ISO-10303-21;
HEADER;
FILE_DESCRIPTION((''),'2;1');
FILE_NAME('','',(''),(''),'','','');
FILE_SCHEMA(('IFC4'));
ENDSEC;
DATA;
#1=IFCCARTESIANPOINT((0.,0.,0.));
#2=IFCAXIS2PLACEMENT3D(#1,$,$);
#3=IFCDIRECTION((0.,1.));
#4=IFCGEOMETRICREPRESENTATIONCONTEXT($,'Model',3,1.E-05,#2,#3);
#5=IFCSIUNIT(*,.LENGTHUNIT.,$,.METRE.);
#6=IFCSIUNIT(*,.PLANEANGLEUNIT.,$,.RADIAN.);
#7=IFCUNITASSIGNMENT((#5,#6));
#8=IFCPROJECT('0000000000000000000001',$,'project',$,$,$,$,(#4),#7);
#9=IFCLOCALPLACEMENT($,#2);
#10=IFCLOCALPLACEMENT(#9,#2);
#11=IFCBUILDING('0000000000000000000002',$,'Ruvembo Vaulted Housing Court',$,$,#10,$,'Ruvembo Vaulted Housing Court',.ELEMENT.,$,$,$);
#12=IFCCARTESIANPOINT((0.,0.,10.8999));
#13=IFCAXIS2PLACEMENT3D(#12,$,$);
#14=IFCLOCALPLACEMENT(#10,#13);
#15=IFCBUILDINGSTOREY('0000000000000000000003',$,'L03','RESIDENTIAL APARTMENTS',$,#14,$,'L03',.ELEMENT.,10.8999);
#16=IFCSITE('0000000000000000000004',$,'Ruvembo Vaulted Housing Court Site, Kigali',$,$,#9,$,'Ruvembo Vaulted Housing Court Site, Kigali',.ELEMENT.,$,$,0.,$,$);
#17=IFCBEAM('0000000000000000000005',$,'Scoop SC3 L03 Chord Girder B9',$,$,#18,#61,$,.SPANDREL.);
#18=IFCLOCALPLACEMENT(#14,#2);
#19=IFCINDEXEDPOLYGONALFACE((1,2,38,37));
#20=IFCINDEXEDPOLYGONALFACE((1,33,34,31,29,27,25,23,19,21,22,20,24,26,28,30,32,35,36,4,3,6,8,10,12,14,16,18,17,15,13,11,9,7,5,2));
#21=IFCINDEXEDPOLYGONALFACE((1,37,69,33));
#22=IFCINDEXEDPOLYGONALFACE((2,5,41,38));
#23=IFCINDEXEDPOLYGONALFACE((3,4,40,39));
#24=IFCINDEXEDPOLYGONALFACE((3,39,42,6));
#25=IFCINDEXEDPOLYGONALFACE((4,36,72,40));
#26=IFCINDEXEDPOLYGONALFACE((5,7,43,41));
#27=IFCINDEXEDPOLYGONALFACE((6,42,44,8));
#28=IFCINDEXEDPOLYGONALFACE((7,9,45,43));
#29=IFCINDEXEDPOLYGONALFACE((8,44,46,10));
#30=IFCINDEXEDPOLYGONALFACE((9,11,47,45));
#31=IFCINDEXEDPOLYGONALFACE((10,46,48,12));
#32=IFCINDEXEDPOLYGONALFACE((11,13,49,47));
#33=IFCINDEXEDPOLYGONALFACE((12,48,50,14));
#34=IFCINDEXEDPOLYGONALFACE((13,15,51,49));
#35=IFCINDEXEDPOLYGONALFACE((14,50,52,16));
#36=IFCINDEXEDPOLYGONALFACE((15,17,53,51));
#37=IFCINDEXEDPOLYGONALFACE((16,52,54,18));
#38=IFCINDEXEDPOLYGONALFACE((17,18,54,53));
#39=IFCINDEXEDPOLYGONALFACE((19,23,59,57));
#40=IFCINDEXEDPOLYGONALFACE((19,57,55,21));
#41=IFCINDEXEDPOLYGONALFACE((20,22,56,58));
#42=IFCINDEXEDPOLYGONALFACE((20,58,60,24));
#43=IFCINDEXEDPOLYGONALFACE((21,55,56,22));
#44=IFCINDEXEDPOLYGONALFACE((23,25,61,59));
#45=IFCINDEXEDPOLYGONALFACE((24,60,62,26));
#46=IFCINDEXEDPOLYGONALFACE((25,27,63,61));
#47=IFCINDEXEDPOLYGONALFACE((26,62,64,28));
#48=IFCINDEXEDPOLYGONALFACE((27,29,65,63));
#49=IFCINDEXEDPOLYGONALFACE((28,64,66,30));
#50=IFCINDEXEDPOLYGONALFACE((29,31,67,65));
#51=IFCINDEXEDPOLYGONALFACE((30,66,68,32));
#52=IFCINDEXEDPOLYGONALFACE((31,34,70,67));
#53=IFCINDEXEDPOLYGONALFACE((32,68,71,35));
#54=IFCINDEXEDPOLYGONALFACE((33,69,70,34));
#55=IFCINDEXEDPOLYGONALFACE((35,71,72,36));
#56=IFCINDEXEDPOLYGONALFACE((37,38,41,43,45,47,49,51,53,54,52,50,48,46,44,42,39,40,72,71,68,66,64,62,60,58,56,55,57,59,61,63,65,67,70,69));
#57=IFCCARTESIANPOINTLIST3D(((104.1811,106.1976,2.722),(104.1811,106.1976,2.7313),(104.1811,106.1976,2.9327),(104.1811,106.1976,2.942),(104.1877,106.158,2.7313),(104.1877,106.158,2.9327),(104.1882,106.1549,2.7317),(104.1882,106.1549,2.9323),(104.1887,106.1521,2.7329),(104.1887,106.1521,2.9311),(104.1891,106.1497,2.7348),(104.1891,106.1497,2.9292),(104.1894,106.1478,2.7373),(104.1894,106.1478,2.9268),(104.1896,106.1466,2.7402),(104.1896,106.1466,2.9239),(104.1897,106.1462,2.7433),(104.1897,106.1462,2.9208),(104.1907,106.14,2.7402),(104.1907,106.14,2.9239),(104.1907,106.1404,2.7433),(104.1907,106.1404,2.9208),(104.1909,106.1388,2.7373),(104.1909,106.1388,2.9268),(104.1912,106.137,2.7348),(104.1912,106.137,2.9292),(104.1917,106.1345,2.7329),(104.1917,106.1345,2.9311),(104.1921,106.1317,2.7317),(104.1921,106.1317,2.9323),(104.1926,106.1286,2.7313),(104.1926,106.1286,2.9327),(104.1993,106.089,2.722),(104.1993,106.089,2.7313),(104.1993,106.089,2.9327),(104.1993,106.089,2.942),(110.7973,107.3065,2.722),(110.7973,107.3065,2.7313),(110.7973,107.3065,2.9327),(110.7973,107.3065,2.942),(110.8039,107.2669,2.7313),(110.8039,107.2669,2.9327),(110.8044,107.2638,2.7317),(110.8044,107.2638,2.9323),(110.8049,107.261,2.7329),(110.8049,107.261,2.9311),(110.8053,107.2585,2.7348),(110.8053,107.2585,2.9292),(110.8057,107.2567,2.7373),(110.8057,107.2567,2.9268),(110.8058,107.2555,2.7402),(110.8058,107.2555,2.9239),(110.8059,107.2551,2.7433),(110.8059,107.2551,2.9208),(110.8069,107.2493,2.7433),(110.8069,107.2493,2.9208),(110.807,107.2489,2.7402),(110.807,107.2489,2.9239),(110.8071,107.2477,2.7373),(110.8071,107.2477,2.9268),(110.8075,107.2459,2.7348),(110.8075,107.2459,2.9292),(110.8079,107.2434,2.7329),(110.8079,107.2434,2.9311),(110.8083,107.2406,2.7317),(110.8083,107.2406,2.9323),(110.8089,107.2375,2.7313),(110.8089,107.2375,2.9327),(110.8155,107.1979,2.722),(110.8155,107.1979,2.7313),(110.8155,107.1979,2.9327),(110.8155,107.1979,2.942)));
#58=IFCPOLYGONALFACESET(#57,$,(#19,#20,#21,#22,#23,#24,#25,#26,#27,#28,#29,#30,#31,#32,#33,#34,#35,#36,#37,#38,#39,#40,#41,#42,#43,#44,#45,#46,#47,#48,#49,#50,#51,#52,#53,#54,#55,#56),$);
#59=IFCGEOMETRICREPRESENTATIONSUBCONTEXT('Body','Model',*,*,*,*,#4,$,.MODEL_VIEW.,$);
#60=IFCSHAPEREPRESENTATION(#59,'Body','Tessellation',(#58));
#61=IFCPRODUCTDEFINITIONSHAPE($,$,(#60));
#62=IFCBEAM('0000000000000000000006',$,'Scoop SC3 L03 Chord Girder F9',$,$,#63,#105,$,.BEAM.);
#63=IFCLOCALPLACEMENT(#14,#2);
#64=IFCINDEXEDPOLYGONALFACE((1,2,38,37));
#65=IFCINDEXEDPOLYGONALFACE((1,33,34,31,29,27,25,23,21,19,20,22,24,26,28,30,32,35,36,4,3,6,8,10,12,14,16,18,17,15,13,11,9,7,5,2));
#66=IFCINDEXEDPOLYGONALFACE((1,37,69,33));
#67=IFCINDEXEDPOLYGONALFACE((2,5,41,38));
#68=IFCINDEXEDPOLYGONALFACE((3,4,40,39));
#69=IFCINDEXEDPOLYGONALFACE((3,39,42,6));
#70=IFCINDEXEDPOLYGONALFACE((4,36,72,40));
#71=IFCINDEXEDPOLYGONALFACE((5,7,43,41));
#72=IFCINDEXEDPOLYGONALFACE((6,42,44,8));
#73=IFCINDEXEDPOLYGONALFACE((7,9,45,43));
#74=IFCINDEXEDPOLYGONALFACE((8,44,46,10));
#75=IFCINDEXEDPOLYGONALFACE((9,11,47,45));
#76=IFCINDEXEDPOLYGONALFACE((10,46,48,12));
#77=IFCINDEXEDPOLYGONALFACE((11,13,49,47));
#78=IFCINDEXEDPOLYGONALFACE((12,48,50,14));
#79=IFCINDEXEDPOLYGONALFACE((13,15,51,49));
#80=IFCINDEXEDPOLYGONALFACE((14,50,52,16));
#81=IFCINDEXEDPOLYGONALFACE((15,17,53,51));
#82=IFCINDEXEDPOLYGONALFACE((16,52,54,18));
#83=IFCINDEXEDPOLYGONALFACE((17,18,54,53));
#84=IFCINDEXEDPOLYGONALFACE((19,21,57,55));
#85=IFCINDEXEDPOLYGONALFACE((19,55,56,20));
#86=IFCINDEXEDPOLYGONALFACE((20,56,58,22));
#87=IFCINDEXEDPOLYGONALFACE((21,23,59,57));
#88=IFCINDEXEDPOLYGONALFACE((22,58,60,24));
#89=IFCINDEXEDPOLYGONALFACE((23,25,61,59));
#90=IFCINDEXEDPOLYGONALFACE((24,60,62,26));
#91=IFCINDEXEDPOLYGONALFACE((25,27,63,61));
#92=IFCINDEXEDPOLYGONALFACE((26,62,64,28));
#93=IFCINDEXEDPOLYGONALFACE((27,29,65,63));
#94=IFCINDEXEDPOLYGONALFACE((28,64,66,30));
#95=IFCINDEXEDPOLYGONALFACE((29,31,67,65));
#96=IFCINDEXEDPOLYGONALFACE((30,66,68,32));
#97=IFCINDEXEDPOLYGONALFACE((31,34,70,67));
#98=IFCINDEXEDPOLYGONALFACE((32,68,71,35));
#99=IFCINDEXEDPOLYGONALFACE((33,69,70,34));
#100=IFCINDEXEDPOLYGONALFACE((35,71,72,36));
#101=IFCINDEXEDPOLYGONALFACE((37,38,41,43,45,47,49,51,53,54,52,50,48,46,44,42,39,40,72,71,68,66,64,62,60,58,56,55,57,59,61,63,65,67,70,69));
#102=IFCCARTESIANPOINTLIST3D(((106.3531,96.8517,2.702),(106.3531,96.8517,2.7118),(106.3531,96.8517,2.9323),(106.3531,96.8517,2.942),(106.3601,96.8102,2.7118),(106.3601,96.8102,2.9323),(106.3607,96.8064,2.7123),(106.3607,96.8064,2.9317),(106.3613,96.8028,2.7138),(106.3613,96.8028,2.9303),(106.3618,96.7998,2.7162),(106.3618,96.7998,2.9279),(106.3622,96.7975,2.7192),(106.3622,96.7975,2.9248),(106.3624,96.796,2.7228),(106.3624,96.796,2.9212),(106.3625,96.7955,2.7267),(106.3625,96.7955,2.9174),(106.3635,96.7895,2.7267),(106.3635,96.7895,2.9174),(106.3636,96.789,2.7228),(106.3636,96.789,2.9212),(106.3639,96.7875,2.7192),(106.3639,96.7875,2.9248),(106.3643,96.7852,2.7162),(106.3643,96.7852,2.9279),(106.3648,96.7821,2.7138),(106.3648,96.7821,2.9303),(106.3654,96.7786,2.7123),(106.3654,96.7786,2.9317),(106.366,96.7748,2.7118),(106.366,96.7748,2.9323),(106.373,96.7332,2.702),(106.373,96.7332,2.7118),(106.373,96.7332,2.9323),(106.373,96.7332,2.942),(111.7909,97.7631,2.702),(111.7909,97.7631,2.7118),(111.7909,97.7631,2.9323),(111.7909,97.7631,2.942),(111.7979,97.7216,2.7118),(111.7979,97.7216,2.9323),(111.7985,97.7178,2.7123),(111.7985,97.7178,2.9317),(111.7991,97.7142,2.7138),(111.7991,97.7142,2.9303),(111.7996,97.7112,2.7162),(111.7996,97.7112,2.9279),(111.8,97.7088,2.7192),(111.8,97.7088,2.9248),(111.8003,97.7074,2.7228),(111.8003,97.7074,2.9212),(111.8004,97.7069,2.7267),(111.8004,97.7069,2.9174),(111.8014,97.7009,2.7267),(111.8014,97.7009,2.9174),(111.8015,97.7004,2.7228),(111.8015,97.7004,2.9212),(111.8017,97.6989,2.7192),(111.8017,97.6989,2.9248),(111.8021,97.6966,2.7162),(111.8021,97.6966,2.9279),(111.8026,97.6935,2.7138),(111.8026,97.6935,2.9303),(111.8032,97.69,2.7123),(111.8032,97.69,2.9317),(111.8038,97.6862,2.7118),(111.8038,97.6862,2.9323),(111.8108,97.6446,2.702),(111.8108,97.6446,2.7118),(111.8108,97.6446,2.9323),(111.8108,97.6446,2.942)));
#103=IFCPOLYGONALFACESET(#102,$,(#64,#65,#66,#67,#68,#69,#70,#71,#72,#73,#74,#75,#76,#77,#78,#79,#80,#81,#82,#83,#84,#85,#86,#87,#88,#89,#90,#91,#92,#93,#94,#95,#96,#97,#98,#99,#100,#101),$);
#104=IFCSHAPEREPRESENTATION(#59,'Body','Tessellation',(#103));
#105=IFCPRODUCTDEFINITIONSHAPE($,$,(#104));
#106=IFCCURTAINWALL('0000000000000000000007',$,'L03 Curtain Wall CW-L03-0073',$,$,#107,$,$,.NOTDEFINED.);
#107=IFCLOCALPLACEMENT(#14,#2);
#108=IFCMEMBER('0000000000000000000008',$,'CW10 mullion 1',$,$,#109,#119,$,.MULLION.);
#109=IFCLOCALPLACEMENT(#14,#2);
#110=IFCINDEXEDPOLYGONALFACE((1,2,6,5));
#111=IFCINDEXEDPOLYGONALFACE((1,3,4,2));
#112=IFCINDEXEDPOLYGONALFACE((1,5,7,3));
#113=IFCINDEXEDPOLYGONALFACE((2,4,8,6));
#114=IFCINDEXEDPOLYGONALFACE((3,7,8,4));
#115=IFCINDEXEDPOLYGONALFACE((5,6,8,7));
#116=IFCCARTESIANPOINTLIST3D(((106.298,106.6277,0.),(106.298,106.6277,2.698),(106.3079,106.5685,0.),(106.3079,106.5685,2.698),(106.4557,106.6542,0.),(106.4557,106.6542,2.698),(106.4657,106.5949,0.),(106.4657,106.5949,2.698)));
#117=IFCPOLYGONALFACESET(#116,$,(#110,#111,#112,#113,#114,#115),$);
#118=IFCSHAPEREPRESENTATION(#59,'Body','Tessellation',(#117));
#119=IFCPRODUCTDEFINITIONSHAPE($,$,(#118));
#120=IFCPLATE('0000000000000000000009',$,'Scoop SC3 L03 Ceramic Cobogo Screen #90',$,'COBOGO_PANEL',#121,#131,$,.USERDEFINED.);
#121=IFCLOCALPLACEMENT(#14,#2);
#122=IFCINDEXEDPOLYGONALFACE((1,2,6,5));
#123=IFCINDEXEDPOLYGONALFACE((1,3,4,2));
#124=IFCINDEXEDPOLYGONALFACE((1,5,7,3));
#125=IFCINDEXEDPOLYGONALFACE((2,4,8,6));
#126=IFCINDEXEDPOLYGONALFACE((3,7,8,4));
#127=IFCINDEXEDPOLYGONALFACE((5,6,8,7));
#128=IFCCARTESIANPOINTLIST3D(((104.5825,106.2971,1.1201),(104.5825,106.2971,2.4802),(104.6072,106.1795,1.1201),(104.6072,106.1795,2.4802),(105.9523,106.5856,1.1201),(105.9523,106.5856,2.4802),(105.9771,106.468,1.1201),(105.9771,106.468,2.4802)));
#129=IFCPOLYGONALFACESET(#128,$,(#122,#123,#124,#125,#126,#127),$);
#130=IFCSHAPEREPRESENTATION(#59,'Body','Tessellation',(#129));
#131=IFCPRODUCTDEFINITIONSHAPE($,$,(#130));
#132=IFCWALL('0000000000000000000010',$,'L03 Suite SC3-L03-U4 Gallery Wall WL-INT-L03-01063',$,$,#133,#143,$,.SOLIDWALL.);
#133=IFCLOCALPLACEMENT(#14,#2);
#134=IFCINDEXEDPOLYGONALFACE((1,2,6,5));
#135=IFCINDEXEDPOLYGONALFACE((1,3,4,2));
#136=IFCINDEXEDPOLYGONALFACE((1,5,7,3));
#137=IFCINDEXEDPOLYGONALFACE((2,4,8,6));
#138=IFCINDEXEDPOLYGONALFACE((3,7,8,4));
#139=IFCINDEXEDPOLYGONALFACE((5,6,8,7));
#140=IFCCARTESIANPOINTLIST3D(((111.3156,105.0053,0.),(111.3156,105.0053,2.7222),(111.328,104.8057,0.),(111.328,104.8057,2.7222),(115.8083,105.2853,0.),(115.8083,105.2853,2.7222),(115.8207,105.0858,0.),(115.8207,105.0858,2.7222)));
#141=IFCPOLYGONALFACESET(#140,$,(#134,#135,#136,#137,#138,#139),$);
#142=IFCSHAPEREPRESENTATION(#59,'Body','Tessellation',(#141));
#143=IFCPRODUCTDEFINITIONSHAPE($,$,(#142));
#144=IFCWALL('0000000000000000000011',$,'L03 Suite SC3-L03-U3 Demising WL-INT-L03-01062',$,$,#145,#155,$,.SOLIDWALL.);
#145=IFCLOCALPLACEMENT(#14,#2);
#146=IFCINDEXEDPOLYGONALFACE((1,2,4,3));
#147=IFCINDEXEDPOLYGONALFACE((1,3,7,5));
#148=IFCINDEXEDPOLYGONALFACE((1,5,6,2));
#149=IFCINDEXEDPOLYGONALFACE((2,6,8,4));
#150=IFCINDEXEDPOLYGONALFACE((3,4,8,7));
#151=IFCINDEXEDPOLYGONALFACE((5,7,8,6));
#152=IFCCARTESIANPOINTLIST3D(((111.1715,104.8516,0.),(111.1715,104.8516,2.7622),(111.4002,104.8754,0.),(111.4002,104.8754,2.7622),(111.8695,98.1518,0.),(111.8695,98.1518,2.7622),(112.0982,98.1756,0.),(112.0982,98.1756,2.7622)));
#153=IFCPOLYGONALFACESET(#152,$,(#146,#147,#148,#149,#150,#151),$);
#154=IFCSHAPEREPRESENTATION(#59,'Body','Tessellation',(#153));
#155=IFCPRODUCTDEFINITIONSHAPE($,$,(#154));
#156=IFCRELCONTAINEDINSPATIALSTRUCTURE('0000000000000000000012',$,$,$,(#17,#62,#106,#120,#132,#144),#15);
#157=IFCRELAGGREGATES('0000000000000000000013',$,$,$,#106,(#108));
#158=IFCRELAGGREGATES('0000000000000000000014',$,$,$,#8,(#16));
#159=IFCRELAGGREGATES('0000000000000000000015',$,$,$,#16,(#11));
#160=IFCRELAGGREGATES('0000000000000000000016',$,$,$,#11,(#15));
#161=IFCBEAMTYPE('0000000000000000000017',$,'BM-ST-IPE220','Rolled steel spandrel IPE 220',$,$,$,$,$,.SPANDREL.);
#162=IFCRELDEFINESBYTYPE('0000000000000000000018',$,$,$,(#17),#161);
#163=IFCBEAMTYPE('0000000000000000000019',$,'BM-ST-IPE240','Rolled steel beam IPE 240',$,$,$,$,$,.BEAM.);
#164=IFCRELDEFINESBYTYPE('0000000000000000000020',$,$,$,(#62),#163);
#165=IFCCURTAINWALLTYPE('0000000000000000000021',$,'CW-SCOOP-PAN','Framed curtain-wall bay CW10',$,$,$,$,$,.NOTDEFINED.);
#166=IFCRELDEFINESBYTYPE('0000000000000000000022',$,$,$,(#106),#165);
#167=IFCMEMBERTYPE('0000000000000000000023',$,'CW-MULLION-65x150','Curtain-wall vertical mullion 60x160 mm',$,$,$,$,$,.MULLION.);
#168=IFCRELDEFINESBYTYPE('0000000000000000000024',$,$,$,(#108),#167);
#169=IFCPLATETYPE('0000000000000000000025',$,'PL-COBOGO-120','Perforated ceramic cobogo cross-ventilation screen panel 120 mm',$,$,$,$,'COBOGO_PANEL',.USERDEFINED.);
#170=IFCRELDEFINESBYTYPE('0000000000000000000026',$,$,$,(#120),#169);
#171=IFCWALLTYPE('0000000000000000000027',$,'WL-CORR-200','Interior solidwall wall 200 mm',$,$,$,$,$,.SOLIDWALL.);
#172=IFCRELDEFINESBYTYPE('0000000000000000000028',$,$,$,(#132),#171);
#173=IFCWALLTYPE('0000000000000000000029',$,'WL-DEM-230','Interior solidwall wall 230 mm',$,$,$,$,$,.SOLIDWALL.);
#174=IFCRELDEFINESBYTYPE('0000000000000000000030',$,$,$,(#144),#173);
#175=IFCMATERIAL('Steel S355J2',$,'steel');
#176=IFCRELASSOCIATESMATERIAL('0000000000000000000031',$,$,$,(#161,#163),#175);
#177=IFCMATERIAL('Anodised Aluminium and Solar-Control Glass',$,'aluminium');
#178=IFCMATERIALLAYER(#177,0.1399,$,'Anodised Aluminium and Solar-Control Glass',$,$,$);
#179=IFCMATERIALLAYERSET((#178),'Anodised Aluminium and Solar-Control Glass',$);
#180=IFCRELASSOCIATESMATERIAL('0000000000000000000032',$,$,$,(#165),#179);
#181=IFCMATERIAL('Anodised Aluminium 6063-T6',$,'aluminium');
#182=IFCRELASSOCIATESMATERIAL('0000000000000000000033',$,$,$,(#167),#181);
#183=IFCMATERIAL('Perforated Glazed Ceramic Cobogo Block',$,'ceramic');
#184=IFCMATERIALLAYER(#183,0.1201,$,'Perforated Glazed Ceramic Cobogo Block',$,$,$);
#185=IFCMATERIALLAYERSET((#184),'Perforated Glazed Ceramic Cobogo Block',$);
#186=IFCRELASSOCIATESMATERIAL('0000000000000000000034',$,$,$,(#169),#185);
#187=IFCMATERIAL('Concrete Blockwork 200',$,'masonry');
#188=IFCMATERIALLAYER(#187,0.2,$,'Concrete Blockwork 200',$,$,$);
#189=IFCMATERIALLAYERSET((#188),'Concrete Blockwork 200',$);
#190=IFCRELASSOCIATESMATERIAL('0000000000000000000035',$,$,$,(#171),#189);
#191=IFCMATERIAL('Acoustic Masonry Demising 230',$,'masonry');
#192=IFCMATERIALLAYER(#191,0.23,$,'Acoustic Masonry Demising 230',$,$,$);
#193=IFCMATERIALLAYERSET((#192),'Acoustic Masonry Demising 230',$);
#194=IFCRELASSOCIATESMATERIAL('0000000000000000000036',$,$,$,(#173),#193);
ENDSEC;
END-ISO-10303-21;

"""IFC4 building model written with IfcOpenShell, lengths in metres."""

from ifc_helpers import new_model, si_unit, direction, frame, frame_2d, origin, origin_2d, place, context, subcontext, project, spatial, rectangle, i_section, extrude, material, layer, layer_set, material_profile, profile_set, type_object, element, aggregate, save


model = new_model("IFC4")

# Units and contexts
model_context = context("Model", 3, precision=1e-05, world=origin(), true_north=direction((0.0, 1.0)))
body_context = subcontext(model_context, "Body", "Model", "MODEL_VIEW")
ifc_project = project(units=[si_unit("LENGTHUNIT", "METRE"), si_unit("PLANEANGLEUNIT", "RADIAN")], contexts=[model_context])

# Site, building, storey
site_placement = place(None, origin())
site = spatial("IfcSite", under=ifc_project, at=site_placement, Name="Ruvembo Vaulted Housing Court Site, Kigali", LongName="Ruvembo Vaulted Housing Court Site, Kigali", CompositionType="ELEMENT", RefElevation=0.0)
building_placement = place(site_placement, origin())
building = spatial("IfcBuilding", under=site, at=building_placement, Name="Ruvembo Vaulted Housing Court", LongName="Ruvembo Vaulted Housing Court", CompositionType="ELEMENT")
storey_placement = place(building_placement, frame((0.0, 0.0, 10.8999)))
storey = spatial("IfcBuildingStorey", under=building, at=storey_placement, Name="L03", Description="RESIDENTIAL APARTMENTS", LongName="L03", CompositionType="ELEMENT", Elevation=10.8999)

# Beams
ifc_material_1 = material(Name="Steel S355J2", Category="steel")
ifc_material_profile_1 = material_profile(ifc_material_1, i_section(OverallWidth=0.1101, OverallDepth=0.22, WebThickness=0.0059, FlangeThickness=0.0093, FilletRadius=0.012, at=origin_2d()), Name="IPE 220")
ifc_profile_set_1 = profile_set([ifc_material_profile_1], Name="Steel S355J2")
beam_type_1 = type_object("IfcBeamType", Name="BM-ST-IPE220", Description="Rolled steel spandrel IPE 220", PredefinedType="SPANDREL", material=ifc_profile_set_1)
beam_1_placement = place(storey_placement, frame((104.1902, 106.1433, 2.832), z_axis=(0.986244, 0.165296, 0.0), x_axis=(-0.165296, 0.986244, 0.0)))
element("IfcBeam", 1, at=beam_1_placement, inside=storey, type_object=beam_type_1, Name="Scoop SC3 L03 Chord Girder B9", PredefinedType="SPANDREL", context=body_context, shape_type="SweptSolid", body=[
    extrude(i_section(OverallWidth=0.1101, OverallDepth=0.22, WebThickness=0.0059, FlangeThickness=0.0093, FilletRadius=0.012, at=origin_2d()), origin(), (0.0, 0.0, 1.0), 6.7085),
])
ifc_material_profile_2 = material_profile(ifc_material_1, i_section(OverallWidth=0.1201, OverallDepth=0.24, WebThickness=0.0061, FlangeThickness=0.0098, FilletRadius=0.0149, at=origin_2d()), Name="IPE 240")
ifc_profile_set_2 = profile_set([ifc_material_profile_2], Name="Steel S355J2")
beam_type_2 = type_object("IfcBeamType", Name="BM-ST-IPE240", Description="Rolled steel beam IPE 240", PredefinedType="BEAM", material=ifc_profile_set_2)
beam_2_placement = place(storey_placement, frame((106.363, 96.7925, 2.822), z_axis=(0.986244, 0.165296, 0.0), x_axis=(-0.165296, 0.986244, 0.0)))
element("IfcBeam", 2, at=beam_2_placement, inside=storey, type_object=beam_type_2, Name="Scoop SC3 L03 Chord Girder F9", PredefinedType="BEAM", context=body_context, shape_type="SweptSolid", body=[
    extrude(i_section(OverallWidth=0.1201, OverallDepth=0.24, WebThickness=0.0061, FlangeThickness=0.0098, FilletRadius=0.0149, at=origin_2d()), origin(), (0.0, 0.0, 1.0), 5.5137),
])

# Curtain wall, member
ifc_material_2 = material(Name="Anodised Aluminium and Solar-Control Glass", Category="aluminium")
ifc_layer_1 = layer(ifc_material_2, 0.1399, Name="Anodised Aluminium and Solar-Control Glass")
ifc_layer_set_1 = layer_set([ifc_layer_1], Name="Anodised Aluminium and Solar-Control Glass")
curtain_wall_type = type_object("IfcCurtainWallType", Name="CW-SCOOP-PAN", Description="Framed curtain-wall bay CW10", PredefinedType="NOTDEFINED", material=ifc_layer_set_1)
curtain_wall_placement = place(storey_placement, origin())
curtain_wall = element("IfcCurtainWall", 3, at=curtain_wall_placement, inside=storey, type_object=curtain_wall_type, Name="L03 Curtain Wall CW-L03-0073", PredefinedType="NOTDEFINED")
ifc_material_3 = material(Name="Anodised Aluminium 6063-T6", Category="aluminium")
ifc_material_profile_3 = material_profile(ifc_material_3, rectangle(XDim=0.0601, YDim=0.1599, at=origin_2d()), Name="ALU 60x160")
ifc_profile_set_3 = profile_set([ifc_material_profile_3], Name="Anodised Aluminium 6063-T6")
member_type = type_object("IfcMemberType", Name="CW-MULLION-65x150", Description="Curtain-wall vertical mullion 60x160 mm", PredefinedType="MULLION", material=ifc_profile_set_3)
member_placement = place(storey_placement, frame((106.3818, 106.6113, 0.0), z_axis=(0.0, 0.0, 1.0), x_axis=(-0.165263, 0.98625, 0.0)))
member = element("IfcMember", 4, at=member_placement, type_object=member_type, Name="CW10 mullion 1", PredefinedType="MULLION", context=body_context, shape_type="SweptSolid", body=[
    extrude(rectangle(XDim=0.0601, YDim=0.1599, at=origin_2d()), origin(), (0.0, 0.0, 1.0), 2.698),
])
aggregate(curtain_wall, [member])

# Plate
ifc_material_4 = material(Name="Perforated Glazed Ceramic Cobogo Block", Category="ceramic")
ifc_layer_2 = layer(ifc_material_4, 0.1201, Name="Perforated Glazed Ceramic Cobogo Block")
ifc_layer_set_2 = layer_set([ifc_layer_2], Name="Perforated Glazed Ceramic Cobogo Block")
plate_type = type_object("IfcPlateType", Name="PL-COBOGO-120", Description="Perforated ceramic cobogo cross-ventilation screen panel 120 mm", ElementType="COBOGO_PANEL", PredefinedType="USERDEFINED", material=ifc_layer_set_2)
plate_placement = place(storey_placement, frame((105.2798, 106.3826, 1.1201), z_axis=(0.0, 0.0, 1.0), x_axis=(0.978534, 0.206085, 0.0)))
element("IfcPlate", 5, at=plate_placement, inside=storey, type_object=plate_type, Name="Scoop SC3 L03 Ceramic Cobogo Screen #90", ObjectType="COBOGO_PANEL", PredefinedType="USERDEFINED", context=body_context, shape_type="SweptSolid", body=[
    extrude(rectangle(XDim=1.3999, YDim=0.1201, at=origin_2d()), origin(), (0.0, 0.0, 1.0), 1.3601),
])

# Shared definitions
ifc_material_5 = material(Name="Concrete Blockwork 200", Category="masonry")
ifc_layer_3 = layer(ifc_material_5, 0.2, Name="Concrete Blockwork 200")
ifc_layer_set_3 = layer_set([ifc_layer_3], Name="Concrete Blockwork 200")
wall_type_1 = type_object("IfcWallType", Name="WL-CORR-200", Description="Interior solidwall wall 200 mm", PredefinedType="SOLIDWALL", material=ifc_layer_set_3)

# Walls
wall_1_placement = place(storey_placement, frame((111.3218, 104.9055, 0.0), z_axis=(0.0, 0.0, 1.0), x_axis=(0.998063, 0.062209, 0.0)))
element("IfcWall", 6, at=wall_1_placement, inside=storey, type_object=wall_type_1, Name="L03 Suite SC3-L03-U4 Gallery Wall WL-INT-L03-01063", PredefinedType="SOLIDWALL", context=body_context, shape_type="SweptSolid", body=[
    extrude(rectangle(XDim=4.5015, YDim=0.2, at=frame_2d((2.2507, 0.0))), origin(), (0.0, 0.0, 1.0), 2.7222),
])
ifc_material_6 = material(Name="Acoustic Masonry Demising 230", Category="masonry")
ifc_layer_4 = layer(ifc_material_6, 0.23, Name="Acoustic Masonry Demising 230")
ifc_layer_set_4 = layer_set([ifc_layer_4], Name="Acoustic Masonry Demising 230")
wall_type_2 = type_object("IfcWallType", Name="WL-DEM-230", Description="Interior solidwall wall 230 mm", PredefinedType="SOLIDWALL", material=ifc_layer_set_4)
wall_2_placement = place(storey_placement, frame((111.9839, 98.1636, 0.0), z_axis=(0.0, 0.0, 1.0), x_axis=(-0.103623, 0.994617, 0.0)))
element("IfcWall", 7, at=wall_2_placement, inside=storey, type_object=wall_type_2, Name="L03 Suite SC3-L03-U3 Demising WL-INT-L03-01062", PredefinedType="SOLIDWALL", context=body_context, shape_type="SweptSolid", body=[
    extrude(rectangle(XDim=6.7361, YDim=0.23, at=frame_2d((3.3682, 0.0))), origin(), (0.0, 0.0, 1.0), 2.7622),
])

save(model, "model.ifc")
